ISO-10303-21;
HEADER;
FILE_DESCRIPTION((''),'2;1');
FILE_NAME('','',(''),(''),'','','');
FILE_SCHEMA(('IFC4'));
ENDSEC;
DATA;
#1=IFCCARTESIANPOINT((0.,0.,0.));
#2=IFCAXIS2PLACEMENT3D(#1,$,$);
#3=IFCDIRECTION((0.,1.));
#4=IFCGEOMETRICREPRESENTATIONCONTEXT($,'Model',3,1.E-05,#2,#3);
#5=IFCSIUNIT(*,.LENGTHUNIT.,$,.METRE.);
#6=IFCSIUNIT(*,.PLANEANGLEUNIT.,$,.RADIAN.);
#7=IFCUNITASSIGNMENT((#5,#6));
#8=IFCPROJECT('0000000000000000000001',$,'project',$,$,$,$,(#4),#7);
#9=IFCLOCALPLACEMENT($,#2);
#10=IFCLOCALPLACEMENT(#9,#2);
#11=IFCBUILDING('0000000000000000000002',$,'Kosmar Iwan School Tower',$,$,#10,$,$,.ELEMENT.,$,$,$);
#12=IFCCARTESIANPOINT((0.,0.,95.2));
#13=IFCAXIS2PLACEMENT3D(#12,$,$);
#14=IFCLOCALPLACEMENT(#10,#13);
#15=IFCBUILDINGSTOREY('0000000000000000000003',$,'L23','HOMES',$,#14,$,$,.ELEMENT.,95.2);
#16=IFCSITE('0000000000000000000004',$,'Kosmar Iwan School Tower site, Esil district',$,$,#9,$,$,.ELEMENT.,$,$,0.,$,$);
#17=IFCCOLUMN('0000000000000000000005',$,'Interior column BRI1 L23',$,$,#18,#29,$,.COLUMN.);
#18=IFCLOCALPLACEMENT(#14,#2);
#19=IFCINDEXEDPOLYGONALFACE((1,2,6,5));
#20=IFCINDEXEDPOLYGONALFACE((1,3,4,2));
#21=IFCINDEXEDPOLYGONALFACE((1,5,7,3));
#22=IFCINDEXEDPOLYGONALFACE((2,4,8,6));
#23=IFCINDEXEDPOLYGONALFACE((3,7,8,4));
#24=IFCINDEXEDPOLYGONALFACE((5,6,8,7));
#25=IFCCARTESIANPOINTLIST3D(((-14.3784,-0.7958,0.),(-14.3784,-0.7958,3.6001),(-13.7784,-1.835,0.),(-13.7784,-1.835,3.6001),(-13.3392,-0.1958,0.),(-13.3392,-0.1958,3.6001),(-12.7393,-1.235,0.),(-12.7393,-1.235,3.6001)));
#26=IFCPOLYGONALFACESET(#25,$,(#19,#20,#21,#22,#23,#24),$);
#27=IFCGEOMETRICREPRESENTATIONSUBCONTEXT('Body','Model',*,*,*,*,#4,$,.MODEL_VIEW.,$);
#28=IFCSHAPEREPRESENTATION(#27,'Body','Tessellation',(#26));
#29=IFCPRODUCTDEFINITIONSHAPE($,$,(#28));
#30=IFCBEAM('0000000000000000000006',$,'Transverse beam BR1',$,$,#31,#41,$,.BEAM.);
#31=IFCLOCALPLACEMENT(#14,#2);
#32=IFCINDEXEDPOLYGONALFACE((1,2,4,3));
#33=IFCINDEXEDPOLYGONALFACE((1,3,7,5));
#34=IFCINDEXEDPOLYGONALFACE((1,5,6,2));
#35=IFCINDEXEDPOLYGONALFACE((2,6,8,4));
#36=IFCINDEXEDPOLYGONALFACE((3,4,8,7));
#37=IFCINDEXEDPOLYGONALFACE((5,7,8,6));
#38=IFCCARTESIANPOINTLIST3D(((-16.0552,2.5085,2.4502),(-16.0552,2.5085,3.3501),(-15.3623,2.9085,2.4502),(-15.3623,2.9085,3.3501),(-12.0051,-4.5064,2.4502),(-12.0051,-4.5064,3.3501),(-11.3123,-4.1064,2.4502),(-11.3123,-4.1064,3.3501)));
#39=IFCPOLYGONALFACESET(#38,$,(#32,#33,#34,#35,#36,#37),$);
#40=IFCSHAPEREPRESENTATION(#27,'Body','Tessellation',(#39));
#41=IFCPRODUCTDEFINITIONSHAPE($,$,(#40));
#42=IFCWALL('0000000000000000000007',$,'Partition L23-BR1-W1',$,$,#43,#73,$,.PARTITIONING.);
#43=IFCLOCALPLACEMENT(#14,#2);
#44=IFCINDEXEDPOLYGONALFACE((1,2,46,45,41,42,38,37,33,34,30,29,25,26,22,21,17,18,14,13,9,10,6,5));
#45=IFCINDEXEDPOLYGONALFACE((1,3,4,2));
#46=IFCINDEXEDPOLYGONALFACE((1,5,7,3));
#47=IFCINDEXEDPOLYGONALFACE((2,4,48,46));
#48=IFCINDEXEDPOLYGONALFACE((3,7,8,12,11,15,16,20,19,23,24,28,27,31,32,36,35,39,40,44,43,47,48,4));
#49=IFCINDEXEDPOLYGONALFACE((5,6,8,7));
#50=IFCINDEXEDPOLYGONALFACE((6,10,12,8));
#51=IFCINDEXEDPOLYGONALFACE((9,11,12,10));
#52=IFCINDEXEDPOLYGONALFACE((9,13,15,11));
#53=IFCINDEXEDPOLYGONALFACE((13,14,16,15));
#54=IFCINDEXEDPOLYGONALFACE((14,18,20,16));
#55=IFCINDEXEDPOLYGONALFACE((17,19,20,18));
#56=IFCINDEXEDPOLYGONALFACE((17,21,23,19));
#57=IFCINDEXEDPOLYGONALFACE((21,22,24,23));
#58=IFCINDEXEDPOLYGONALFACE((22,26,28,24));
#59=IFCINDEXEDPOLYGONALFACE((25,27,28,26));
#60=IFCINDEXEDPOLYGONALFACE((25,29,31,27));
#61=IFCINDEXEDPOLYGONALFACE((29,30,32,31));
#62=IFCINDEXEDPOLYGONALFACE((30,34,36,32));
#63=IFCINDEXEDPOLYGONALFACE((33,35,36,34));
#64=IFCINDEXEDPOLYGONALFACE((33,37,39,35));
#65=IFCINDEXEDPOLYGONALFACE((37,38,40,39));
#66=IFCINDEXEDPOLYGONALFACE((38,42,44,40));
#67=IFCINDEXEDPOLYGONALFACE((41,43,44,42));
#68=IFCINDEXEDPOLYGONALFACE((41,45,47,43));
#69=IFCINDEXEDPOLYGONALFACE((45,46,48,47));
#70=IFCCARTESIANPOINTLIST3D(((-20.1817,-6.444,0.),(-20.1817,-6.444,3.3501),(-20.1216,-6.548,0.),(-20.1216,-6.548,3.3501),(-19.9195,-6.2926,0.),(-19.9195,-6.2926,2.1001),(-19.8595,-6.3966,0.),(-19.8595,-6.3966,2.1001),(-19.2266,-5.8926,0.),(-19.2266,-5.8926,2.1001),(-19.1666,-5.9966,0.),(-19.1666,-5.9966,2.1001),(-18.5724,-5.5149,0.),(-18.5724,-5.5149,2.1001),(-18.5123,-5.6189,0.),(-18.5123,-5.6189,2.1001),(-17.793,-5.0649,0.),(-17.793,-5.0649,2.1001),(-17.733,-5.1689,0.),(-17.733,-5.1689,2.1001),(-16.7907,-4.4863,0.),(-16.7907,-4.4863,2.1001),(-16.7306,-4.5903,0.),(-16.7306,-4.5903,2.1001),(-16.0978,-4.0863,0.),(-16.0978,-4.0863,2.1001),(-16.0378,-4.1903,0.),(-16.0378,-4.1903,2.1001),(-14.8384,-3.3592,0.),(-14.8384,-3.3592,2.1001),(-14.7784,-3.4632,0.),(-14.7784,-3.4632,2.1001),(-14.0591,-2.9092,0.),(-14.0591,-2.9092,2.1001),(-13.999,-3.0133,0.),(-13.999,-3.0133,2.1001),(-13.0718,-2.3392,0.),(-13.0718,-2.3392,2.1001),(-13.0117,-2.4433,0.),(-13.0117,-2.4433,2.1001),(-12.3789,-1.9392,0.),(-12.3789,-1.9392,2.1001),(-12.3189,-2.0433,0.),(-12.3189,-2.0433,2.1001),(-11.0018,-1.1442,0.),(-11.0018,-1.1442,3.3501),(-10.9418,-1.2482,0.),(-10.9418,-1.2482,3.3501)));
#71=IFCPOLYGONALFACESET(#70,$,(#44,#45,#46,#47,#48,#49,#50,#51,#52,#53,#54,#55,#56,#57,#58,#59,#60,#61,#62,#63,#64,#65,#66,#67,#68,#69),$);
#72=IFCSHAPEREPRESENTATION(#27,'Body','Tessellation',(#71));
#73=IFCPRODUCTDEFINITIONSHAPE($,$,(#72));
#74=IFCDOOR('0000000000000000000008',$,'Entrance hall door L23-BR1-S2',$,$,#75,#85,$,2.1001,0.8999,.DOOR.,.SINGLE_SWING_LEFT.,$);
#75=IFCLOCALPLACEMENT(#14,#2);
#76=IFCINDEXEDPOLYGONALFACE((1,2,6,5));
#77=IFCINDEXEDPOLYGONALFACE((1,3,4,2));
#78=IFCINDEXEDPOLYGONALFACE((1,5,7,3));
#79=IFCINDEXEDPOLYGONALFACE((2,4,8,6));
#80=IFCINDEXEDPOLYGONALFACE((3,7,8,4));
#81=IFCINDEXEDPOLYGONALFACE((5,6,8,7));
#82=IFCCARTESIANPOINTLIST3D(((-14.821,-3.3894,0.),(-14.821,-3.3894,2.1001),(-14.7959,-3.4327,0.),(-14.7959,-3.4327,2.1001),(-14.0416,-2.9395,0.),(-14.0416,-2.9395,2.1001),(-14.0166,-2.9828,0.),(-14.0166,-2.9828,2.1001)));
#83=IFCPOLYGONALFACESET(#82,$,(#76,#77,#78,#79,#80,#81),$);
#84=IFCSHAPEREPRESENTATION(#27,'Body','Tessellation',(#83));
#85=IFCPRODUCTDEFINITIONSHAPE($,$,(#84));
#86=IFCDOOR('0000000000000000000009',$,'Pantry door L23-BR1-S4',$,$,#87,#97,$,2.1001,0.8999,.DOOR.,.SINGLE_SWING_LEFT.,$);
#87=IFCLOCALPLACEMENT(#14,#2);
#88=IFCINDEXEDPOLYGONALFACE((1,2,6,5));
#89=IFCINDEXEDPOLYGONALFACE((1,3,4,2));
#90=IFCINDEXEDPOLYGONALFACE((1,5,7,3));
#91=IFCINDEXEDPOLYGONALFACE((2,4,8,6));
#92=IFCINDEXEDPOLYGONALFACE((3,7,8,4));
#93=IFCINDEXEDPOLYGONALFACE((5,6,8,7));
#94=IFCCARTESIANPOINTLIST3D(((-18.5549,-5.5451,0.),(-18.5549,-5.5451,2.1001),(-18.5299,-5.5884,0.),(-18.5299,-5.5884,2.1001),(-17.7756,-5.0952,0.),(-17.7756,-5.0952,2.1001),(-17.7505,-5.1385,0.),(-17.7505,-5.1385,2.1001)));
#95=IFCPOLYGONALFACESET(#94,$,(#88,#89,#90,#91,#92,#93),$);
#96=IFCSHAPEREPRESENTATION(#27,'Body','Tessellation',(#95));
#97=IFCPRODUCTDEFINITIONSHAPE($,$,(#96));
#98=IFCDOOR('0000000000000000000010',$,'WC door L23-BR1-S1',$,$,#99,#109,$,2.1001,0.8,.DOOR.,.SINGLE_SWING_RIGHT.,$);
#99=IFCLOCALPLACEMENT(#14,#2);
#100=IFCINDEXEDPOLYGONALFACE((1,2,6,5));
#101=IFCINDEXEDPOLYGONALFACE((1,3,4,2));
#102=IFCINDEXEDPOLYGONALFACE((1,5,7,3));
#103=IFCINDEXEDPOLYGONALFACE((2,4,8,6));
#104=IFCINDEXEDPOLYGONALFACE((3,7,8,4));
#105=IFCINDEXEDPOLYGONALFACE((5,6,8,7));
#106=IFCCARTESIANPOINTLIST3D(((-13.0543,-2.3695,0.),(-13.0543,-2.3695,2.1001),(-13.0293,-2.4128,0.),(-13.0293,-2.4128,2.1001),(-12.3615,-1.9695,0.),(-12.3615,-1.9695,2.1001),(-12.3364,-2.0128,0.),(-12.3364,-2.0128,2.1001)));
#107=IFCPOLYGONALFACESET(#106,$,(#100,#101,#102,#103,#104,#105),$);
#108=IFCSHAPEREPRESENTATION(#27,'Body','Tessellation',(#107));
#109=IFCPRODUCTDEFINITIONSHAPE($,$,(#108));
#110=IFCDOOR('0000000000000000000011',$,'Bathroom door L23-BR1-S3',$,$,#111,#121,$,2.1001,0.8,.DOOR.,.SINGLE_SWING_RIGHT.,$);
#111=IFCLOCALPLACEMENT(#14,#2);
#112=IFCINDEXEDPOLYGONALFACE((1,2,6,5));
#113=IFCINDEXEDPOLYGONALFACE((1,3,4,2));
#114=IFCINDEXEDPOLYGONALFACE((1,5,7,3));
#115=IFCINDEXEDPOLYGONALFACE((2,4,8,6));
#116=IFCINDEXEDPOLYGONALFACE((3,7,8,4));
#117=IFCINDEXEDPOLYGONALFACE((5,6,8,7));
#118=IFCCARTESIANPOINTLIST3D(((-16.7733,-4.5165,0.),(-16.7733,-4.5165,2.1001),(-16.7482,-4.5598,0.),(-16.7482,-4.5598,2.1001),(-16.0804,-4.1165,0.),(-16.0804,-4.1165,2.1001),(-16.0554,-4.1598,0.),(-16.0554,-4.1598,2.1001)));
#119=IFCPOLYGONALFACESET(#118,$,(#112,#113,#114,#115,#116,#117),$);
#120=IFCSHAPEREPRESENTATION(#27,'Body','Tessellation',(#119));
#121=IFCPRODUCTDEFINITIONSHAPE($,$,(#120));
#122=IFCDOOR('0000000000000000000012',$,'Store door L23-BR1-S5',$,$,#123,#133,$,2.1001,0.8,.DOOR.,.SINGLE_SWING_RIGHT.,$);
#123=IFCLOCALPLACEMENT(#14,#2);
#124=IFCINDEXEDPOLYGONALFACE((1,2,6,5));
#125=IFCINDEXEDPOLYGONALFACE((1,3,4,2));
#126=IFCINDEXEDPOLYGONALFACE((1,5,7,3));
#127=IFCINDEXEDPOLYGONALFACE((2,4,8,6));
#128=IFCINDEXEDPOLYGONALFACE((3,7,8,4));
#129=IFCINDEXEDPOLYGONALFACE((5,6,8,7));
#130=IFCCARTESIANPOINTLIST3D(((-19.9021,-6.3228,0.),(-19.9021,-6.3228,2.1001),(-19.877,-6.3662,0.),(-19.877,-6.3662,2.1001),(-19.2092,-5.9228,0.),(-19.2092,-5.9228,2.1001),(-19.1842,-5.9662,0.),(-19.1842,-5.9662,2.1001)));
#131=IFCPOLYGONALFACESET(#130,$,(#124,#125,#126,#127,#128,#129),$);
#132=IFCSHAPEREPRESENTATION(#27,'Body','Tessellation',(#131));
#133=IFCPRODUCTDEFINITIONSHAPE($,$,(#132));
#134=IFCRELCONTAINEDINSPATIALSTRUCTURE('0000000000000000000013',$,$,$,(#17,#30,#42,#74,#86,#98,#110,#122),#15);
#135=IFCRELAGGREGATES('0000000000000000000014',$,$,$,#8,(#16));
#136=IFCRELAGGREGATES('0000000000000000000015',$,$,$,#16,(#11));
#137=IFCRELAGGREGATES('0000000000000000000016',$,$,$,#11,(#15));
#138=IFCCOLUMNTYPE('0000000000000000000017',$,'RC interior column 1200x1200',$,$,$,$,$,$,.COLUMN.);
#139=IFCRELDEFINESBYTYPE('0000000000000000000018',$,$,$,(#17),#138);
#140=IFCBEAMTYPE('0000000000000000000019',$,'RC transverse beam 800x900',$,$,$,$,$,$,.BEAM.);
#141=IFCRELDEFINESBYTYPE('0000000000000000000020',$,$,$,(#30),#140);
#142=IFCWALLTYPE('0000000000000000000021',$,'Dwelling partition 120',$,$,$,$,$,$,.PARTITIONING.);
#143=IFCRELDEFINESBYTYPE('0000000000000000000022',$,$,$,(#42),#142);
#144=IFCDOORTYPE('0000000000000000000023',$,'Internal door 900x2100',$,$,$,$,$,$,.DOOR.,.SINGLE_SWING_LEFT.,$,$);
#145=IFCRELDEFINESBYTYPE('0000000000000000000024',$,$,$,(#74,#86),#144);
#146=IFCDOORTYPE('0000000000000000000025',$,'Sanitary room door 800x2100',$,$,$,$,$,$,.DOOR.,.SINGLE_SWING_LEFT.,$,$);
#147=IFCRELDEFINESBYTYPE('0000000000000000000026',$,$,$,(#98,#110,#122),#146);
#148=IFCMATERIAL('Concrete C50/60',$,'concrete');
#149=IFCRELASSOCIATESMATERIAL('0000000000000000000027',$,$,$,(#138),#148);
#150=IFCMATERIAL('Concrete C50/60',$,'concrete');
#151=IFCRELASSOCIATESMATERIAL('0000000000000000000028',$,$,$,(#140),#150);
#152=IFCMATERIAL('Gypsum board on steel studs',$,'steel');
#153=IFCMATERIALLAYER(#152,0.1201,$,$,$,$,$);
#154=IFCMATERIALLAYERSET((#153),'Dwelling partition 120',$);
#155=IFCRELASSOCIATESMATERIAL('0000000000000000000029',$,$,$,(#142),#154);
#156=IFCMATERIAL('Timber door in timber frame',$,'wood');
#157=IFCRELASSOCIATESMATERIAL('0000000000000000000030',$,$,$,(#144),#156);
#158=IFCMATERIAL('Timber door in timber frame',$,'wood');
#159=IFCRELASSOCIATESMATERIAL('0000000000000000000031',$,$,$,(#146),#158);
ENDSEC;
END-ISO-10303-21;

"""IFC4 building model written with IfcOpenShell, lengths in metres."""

from ifc_helpers import new_model, si_unit, direction, frame, frame_2d, origin, origin_2d, place, context, subcontext, project, spatial, rectangle, extrude, material, layer, layer_set, material_profile, profile_set, type_object, element, fill, save


model = new_model("IFC4")

# Units and contexts
model_context = context("Model", 3, precision=1e-05, world=origin(), true_north=direction((0.0, 1.0)))
body_context = subcontext(model_context, "Body", "Model", "MODEL_VIEW")
ifc_project = project(units=[si_unit("LENGTHUNIT", "METRE"), si_unit("PLANEANGLEUNIT", "RADIAN")], contexts=[model_context])

# Site, building, storey
site_placement = place(None, origin())
site = spatial("IfcSite", under=ifc_project, at=site_placement, Name="Kosmar Iwan School Tower site, Esil district", CompositionType="ELEMENT", RefElevation=0.0)
building_placement = place(site_placement, origin())
building = spatial("IfcBuilding", under=site, at=building_placement, Name="Kosmar Iwan School Tower", CompositionType="ELEMENT")
storey_placement = place(building_placement, frame((0.0, 0.0, 95.2)))
storey = spatial("IfcBuildingStorey", under=building, at=storey_placement, Name="L23", Description="HOMES", CompositionType="ELEMENT", Elevation=95.2)

# Column
ifc_material_1 = material(Name="Concrete C50/60", Category="concrete")
ifc_material_profile_1 = material_profile(ifc_material_1, rectangle(XDim=1.2, YDim=1.2, at=origin_2d()), Name="RC 1200x1200")
ifc_profile_set_1 = profile_set([ifc_material_profile_1], Name="Concrete C50/60")
column_type = type_object("IfcColumnType", Name="RC interior column 1200x1200", PredefinedType="COLUMN", material=ifc_profile_set_1)
column_placement = place(storey_placement, frame((-13.5588, -1.0154, 0.0), z_axis=(0.0, 0.0, 1.0), x_axis=(-0.866025, -0.5, 0.0)))
element("IfcColumn", 1, at=column_placement, inside=storey, type_object=column_type, Name="Interior column BRI1 L23", PredefinedType="COLUMN", context=body_context, shape_type="SweptSolid", body=[
    extrude(rectangle(XDim=1.2, YDim=1.2, at=origin_2d()), origin(), (0.0, 0.0, 1.0), 3.6001),
])

# Beam
ifc_material_2 = material(Name="Concrete C50/60", Category="concrete")
ifc_material_profile_2 = material_profile(ifc_material_2, rectangle(XDim=0.8, YDim=0.8999, at=origin_2d()), Name="RC 800x900")
ifc_profile_set_2 = profile_set([ifc_material_profile_2], Name="Concrete C50/60")
beam_type = type_object("IfcBeamType", Name="RC transverse beam 800x900", PredefinedType="BEAM", material=ifc_profile_set_2)
beam_placement = place(storey_placement, frame((-15.7087, 2.7085, 2.9001), z_axis=(0.5, -0.866025, 0.0), x_axis=(0.866025, 0.5, 0.0)))
element("IfcBeam", 2, at=beam_placement, inside=storey, type_object=beam_type, Name="Transverse beam BR1", PredefinedType="BEAM", context=body_context, shape_type="SweptSolid", body=[
    extrude(rectangle(XDim=0.8, YDim=0.8999, at=origin_2d()), origin(), (0.0, 0.0, 1.0), 8.1001),
])

# Wall, openings, doors
ifc_material_3 = material(Name="Gypsum board on steel studs", Category="steel")
ifc_layer = layer(ifc_material_3, 0.1201)
ifc_layer_set = layer_set([ifc_layer], Name="Dwelling partition 120")
wall_type = type_object("IfcWallType", Name="Dwelling partition 120", PredefinedType="PARTITIONING", material=ifc_layer_set)
wall_1_placement = place(storey_placement, frame((-10.9719, -1.1963, 0.0), z_axis=(0.0, 0.0, 1.0), x_axis=(-0.866035, -0.499984, 0.0)))
wall_1 = element("IfcWall", 3, at=wall_1_placement, inside=storey, type_object=wall_type, Name="Partition L23-BR1-W1", PredefinedType="PARTITIONING", context=body_context, shape_type="SweptSolid", body=[
    extrude(rectangle(XDim=10.5999, YDim=0.1201, at=frame_2d((5.2998, 0.0))), origin(), (0.0, 0.0, 1.0), 3.3501),
])
opening_1_placement = place(wall_1_placement, frame((1.5901, 0.0, 0.0)))
opening_1 = element("IfcOpeningElement", 4, at=opening_1_placement, cuts=wall_1, PredefinedType="OPENING", context=body_context, shape_type="SweptSolid", body=[
    extrude(rectangle(XDim=0.8, YDim=2.1001, at=frame_2d((0.3999, 1.05))), frame((0.0, 0.072, 0.0), z_axis=(0.0, -1.0, 0.0), x_axis=(1.0, 0.0, 0.0)), (0.0, 0.0, 1.0), 0.144),
])
opening_2_placement = place(wall_1_placement, frame((3.53, 0.0, 0.0)))
opening_2 = element("IfcOpeningElement", 5, at=opening_2_placement, cuts=wall_1, PredefinedType="OPENING", context=body_context, shape_type="SweptSolid", body=[
    extrude(rectangle(XDim=0.8999, YDim=2.1001, at=frame_2d((0.45, 1.05))), frame((0.0, 0.072, 0.0), z_axis=(0.0, -1.0, 0.0), x_axis=(1.0, 0.0, 0.0)), (0.0, 0.0, 1.0), 0.144),
])
opening_3_placement = place(wall_1_placement, frame((5.8843, 0.0, 0.0)))
opening_3 = element("IfcOpeningElement", 6, at=opening_3_placement, cuts=wall_1, PredefinedType="OPENING", context=body_context, shape_type="SweptSolid", body=[
    extrude(rectangle(XDim=0.8, YDim=2.1001, at=frame_2d((0.3999, 1.05))), frame((0.0, 0.072, 0.0), z_axis=(0.0, -1.0, 0.0), x_axis=(1.0, 0.0, 0.0)), (0.0, 0.0, 1.0), 0.144),
])
opening_4_placement = place(wall_1_placement, frame((7.8416, 0.0, 0.0)))
opening_4 = element("IfcOpeningElement", 7, at=opening_4_placement, cuts=wall_1, PredefinedType="OPENING", context=body_context, shape_type="SweptSolid", body=[
    extrude(rectangle(XDim=0.8999, YDim=2.1001, at=frame_2d((0.45, 1.05))), frame((0.0, 0.072, 0.0), z_axis=(0.0, -1.0, 0.0), x_axis=(1.0, 0.0, 0.0)), (0.0, 0.0, 1.0), 0.144),
])
opening_5_placement = place(wall_1_placement, frame((9.4971, 0.0, 0.0)))
opening_5 = element("IfcOpeningElement", 8, at=opening_5_placement, cuts=wall_1, PredefinedType="OPENING", context=body_context, shape_type="SweptSolid", body=[
    extrude(rectangle(XDim=0.8, YDim=2.1001, at=frame_2d((0.3999, 1.05))), frame((0.0, 0.072, 0.0), z_axis=(0.0, -1.0, 0.0), x_axis=(1.0, 0.0, 0.0)), (0.0, 0.0, 1.0), 0.144),
])
ifc_material_4 = material(Name="Timber door in timber frame", Category="wood")
door_type_1 = type_object("IfcDoorType", Name="Internal door 900x2100", OperationType="SINGLE_SWING_LEFT", PredefinedType="DOOR", material=ifc_material_4)
door_1_placement = place(opening_2_placement, origin())
door_1 = element("IfcDoor", 9, at=door_1_placement, inside=storey, type_object=door_type_1, Name="Entrance hall door L23-BR1-S2", OperationType="SINGLE_SWING_LEFT", OverallHeight=2.1001, OverallWidth=0.8999, PredefinedType="DOOR", context=body_context, shape_type="SweptSolid", body=[
    extrude(rectangle(XDim=0.8999, YDim=2.1001, at=frame_2d((0.45, 1.05))), frame((0.0, 0.0249, 0.0), z_axis=(0.0, -1.0, 0.0), x_axis=(1.0, 0.0, 0.0)), (0.0, 0.0, 1.0), 0.05),
])
fill(opening_2, door_1)
door_2_placement = place(opening_4_placement, origin())
door_2 = element("IfcDoor", 10, at=door_2_placement, inside=storey, type_object=door_type_1, Name="Pantry door L23-BR1-S4", OperationType="SINGLE_SWING_LEFT", OverallHeight=2.1001, OverallWidth=0.8999, PredefinedType="DOOR", context=body_context, shape_type="SweptSolid", body=[
    extrude(rectangle(XDim=0.8999, YDim=2.1001, at=frame_2d((0.45, 1.05))), frame((0.0, 0.0249, 0.0), z_axis=(0.0, -1.0, 0.0), x_axis=(1.0, 0.0, 0.0)), (0.0, 0.0, 1.0), 0.05),
])
fill(opening_4, door_2)
ifc_material_5 = material(Name="Timber door in timber frame", Category="wood")
door_type_2 = type_object("IfcDoorType", Name="Sanitary room door 800x2100", OperationType="SINGLE_SWING_LEFT", PredefinedType="DOOR", material=ifc_material_5)
door_3_placement = place(opening_1_placement, origin())
door_3 = element("IfcDoor", 11, at=door_3_placement, inside=storey, type_object=door_type_2, Name="WC door L23-BR1-S1", OperationType="SINGLE_SWING_RIGHT", OverallHeight=2.1001, OverallWidth=0.8, PredefinedType="DOOR", context=body_context, shape_type="SweptSolid", body=[
    extrude(rectangle(XDim=0.8, YDim=2.1001, at=frame_2d((0.3999, 1.05))), frame((0.0, 0.0249, 0.0), z_axis=(0.0, -1.0, 0.0), x_axis=(1.0, 0.0, 0.0)), (0.0, 0.0, 1.0), 0.05),
])
fill(opening_1, door_3)
door_4_placement = place(opening_3_placement, origin())
door_4 = element("IfcDoor", 12, at=door_4_placement, inside=storey, type_object=door_type_2, Name="Bathroom door L23-BR1-S3", OperationType="SINGLE_SWING_RIGHT", OverallHeight=2.1001, OverallWidth=0.8, PredefinedType="DOOR", context=body_context, shape_type="SweptSolid", body=[
    extrude(rectangle(XDim=0.8, YDim=2.1001, at=frame_2d((0.3999, 1.05))), frame((0.0, 0.0249, 0.0), z_axis=(0.0, -1.0, 0.0), x_axis=(1.0, 0.0, 0.0)), (0.0, 0.0, 1.0), 0.05),
])
fill(opening_3, door_4)
door_5_placement = place(opening_5_placement, origin())
door_5 = element("IfcDoor", 13, at=door_5_placement, inside=storey, type_object=door_type_2, Name="Store door L23-BR1-S5", OperationType="SINGLE_SWING_RIGHT", OverallHeight=2.1001, OverallWidth=0.8, PredefinedType="DOOR", context=body_context, shape_type="SweptSolid", body=[
    extrude(rectangle(XDim=0.8, YDim=2.1001, at=frame_2d((0.3999, 1.05))), frame((0.0, 0.0249, 0.0), z_axis=(0.0, -1.0, 0.0), x_axis=(1.0, 0.0, 0.0)), (0.0, 0.0, 1.0), 0.05),
])
fill(opening_5, door_5)

save(model, "model.ifc")
